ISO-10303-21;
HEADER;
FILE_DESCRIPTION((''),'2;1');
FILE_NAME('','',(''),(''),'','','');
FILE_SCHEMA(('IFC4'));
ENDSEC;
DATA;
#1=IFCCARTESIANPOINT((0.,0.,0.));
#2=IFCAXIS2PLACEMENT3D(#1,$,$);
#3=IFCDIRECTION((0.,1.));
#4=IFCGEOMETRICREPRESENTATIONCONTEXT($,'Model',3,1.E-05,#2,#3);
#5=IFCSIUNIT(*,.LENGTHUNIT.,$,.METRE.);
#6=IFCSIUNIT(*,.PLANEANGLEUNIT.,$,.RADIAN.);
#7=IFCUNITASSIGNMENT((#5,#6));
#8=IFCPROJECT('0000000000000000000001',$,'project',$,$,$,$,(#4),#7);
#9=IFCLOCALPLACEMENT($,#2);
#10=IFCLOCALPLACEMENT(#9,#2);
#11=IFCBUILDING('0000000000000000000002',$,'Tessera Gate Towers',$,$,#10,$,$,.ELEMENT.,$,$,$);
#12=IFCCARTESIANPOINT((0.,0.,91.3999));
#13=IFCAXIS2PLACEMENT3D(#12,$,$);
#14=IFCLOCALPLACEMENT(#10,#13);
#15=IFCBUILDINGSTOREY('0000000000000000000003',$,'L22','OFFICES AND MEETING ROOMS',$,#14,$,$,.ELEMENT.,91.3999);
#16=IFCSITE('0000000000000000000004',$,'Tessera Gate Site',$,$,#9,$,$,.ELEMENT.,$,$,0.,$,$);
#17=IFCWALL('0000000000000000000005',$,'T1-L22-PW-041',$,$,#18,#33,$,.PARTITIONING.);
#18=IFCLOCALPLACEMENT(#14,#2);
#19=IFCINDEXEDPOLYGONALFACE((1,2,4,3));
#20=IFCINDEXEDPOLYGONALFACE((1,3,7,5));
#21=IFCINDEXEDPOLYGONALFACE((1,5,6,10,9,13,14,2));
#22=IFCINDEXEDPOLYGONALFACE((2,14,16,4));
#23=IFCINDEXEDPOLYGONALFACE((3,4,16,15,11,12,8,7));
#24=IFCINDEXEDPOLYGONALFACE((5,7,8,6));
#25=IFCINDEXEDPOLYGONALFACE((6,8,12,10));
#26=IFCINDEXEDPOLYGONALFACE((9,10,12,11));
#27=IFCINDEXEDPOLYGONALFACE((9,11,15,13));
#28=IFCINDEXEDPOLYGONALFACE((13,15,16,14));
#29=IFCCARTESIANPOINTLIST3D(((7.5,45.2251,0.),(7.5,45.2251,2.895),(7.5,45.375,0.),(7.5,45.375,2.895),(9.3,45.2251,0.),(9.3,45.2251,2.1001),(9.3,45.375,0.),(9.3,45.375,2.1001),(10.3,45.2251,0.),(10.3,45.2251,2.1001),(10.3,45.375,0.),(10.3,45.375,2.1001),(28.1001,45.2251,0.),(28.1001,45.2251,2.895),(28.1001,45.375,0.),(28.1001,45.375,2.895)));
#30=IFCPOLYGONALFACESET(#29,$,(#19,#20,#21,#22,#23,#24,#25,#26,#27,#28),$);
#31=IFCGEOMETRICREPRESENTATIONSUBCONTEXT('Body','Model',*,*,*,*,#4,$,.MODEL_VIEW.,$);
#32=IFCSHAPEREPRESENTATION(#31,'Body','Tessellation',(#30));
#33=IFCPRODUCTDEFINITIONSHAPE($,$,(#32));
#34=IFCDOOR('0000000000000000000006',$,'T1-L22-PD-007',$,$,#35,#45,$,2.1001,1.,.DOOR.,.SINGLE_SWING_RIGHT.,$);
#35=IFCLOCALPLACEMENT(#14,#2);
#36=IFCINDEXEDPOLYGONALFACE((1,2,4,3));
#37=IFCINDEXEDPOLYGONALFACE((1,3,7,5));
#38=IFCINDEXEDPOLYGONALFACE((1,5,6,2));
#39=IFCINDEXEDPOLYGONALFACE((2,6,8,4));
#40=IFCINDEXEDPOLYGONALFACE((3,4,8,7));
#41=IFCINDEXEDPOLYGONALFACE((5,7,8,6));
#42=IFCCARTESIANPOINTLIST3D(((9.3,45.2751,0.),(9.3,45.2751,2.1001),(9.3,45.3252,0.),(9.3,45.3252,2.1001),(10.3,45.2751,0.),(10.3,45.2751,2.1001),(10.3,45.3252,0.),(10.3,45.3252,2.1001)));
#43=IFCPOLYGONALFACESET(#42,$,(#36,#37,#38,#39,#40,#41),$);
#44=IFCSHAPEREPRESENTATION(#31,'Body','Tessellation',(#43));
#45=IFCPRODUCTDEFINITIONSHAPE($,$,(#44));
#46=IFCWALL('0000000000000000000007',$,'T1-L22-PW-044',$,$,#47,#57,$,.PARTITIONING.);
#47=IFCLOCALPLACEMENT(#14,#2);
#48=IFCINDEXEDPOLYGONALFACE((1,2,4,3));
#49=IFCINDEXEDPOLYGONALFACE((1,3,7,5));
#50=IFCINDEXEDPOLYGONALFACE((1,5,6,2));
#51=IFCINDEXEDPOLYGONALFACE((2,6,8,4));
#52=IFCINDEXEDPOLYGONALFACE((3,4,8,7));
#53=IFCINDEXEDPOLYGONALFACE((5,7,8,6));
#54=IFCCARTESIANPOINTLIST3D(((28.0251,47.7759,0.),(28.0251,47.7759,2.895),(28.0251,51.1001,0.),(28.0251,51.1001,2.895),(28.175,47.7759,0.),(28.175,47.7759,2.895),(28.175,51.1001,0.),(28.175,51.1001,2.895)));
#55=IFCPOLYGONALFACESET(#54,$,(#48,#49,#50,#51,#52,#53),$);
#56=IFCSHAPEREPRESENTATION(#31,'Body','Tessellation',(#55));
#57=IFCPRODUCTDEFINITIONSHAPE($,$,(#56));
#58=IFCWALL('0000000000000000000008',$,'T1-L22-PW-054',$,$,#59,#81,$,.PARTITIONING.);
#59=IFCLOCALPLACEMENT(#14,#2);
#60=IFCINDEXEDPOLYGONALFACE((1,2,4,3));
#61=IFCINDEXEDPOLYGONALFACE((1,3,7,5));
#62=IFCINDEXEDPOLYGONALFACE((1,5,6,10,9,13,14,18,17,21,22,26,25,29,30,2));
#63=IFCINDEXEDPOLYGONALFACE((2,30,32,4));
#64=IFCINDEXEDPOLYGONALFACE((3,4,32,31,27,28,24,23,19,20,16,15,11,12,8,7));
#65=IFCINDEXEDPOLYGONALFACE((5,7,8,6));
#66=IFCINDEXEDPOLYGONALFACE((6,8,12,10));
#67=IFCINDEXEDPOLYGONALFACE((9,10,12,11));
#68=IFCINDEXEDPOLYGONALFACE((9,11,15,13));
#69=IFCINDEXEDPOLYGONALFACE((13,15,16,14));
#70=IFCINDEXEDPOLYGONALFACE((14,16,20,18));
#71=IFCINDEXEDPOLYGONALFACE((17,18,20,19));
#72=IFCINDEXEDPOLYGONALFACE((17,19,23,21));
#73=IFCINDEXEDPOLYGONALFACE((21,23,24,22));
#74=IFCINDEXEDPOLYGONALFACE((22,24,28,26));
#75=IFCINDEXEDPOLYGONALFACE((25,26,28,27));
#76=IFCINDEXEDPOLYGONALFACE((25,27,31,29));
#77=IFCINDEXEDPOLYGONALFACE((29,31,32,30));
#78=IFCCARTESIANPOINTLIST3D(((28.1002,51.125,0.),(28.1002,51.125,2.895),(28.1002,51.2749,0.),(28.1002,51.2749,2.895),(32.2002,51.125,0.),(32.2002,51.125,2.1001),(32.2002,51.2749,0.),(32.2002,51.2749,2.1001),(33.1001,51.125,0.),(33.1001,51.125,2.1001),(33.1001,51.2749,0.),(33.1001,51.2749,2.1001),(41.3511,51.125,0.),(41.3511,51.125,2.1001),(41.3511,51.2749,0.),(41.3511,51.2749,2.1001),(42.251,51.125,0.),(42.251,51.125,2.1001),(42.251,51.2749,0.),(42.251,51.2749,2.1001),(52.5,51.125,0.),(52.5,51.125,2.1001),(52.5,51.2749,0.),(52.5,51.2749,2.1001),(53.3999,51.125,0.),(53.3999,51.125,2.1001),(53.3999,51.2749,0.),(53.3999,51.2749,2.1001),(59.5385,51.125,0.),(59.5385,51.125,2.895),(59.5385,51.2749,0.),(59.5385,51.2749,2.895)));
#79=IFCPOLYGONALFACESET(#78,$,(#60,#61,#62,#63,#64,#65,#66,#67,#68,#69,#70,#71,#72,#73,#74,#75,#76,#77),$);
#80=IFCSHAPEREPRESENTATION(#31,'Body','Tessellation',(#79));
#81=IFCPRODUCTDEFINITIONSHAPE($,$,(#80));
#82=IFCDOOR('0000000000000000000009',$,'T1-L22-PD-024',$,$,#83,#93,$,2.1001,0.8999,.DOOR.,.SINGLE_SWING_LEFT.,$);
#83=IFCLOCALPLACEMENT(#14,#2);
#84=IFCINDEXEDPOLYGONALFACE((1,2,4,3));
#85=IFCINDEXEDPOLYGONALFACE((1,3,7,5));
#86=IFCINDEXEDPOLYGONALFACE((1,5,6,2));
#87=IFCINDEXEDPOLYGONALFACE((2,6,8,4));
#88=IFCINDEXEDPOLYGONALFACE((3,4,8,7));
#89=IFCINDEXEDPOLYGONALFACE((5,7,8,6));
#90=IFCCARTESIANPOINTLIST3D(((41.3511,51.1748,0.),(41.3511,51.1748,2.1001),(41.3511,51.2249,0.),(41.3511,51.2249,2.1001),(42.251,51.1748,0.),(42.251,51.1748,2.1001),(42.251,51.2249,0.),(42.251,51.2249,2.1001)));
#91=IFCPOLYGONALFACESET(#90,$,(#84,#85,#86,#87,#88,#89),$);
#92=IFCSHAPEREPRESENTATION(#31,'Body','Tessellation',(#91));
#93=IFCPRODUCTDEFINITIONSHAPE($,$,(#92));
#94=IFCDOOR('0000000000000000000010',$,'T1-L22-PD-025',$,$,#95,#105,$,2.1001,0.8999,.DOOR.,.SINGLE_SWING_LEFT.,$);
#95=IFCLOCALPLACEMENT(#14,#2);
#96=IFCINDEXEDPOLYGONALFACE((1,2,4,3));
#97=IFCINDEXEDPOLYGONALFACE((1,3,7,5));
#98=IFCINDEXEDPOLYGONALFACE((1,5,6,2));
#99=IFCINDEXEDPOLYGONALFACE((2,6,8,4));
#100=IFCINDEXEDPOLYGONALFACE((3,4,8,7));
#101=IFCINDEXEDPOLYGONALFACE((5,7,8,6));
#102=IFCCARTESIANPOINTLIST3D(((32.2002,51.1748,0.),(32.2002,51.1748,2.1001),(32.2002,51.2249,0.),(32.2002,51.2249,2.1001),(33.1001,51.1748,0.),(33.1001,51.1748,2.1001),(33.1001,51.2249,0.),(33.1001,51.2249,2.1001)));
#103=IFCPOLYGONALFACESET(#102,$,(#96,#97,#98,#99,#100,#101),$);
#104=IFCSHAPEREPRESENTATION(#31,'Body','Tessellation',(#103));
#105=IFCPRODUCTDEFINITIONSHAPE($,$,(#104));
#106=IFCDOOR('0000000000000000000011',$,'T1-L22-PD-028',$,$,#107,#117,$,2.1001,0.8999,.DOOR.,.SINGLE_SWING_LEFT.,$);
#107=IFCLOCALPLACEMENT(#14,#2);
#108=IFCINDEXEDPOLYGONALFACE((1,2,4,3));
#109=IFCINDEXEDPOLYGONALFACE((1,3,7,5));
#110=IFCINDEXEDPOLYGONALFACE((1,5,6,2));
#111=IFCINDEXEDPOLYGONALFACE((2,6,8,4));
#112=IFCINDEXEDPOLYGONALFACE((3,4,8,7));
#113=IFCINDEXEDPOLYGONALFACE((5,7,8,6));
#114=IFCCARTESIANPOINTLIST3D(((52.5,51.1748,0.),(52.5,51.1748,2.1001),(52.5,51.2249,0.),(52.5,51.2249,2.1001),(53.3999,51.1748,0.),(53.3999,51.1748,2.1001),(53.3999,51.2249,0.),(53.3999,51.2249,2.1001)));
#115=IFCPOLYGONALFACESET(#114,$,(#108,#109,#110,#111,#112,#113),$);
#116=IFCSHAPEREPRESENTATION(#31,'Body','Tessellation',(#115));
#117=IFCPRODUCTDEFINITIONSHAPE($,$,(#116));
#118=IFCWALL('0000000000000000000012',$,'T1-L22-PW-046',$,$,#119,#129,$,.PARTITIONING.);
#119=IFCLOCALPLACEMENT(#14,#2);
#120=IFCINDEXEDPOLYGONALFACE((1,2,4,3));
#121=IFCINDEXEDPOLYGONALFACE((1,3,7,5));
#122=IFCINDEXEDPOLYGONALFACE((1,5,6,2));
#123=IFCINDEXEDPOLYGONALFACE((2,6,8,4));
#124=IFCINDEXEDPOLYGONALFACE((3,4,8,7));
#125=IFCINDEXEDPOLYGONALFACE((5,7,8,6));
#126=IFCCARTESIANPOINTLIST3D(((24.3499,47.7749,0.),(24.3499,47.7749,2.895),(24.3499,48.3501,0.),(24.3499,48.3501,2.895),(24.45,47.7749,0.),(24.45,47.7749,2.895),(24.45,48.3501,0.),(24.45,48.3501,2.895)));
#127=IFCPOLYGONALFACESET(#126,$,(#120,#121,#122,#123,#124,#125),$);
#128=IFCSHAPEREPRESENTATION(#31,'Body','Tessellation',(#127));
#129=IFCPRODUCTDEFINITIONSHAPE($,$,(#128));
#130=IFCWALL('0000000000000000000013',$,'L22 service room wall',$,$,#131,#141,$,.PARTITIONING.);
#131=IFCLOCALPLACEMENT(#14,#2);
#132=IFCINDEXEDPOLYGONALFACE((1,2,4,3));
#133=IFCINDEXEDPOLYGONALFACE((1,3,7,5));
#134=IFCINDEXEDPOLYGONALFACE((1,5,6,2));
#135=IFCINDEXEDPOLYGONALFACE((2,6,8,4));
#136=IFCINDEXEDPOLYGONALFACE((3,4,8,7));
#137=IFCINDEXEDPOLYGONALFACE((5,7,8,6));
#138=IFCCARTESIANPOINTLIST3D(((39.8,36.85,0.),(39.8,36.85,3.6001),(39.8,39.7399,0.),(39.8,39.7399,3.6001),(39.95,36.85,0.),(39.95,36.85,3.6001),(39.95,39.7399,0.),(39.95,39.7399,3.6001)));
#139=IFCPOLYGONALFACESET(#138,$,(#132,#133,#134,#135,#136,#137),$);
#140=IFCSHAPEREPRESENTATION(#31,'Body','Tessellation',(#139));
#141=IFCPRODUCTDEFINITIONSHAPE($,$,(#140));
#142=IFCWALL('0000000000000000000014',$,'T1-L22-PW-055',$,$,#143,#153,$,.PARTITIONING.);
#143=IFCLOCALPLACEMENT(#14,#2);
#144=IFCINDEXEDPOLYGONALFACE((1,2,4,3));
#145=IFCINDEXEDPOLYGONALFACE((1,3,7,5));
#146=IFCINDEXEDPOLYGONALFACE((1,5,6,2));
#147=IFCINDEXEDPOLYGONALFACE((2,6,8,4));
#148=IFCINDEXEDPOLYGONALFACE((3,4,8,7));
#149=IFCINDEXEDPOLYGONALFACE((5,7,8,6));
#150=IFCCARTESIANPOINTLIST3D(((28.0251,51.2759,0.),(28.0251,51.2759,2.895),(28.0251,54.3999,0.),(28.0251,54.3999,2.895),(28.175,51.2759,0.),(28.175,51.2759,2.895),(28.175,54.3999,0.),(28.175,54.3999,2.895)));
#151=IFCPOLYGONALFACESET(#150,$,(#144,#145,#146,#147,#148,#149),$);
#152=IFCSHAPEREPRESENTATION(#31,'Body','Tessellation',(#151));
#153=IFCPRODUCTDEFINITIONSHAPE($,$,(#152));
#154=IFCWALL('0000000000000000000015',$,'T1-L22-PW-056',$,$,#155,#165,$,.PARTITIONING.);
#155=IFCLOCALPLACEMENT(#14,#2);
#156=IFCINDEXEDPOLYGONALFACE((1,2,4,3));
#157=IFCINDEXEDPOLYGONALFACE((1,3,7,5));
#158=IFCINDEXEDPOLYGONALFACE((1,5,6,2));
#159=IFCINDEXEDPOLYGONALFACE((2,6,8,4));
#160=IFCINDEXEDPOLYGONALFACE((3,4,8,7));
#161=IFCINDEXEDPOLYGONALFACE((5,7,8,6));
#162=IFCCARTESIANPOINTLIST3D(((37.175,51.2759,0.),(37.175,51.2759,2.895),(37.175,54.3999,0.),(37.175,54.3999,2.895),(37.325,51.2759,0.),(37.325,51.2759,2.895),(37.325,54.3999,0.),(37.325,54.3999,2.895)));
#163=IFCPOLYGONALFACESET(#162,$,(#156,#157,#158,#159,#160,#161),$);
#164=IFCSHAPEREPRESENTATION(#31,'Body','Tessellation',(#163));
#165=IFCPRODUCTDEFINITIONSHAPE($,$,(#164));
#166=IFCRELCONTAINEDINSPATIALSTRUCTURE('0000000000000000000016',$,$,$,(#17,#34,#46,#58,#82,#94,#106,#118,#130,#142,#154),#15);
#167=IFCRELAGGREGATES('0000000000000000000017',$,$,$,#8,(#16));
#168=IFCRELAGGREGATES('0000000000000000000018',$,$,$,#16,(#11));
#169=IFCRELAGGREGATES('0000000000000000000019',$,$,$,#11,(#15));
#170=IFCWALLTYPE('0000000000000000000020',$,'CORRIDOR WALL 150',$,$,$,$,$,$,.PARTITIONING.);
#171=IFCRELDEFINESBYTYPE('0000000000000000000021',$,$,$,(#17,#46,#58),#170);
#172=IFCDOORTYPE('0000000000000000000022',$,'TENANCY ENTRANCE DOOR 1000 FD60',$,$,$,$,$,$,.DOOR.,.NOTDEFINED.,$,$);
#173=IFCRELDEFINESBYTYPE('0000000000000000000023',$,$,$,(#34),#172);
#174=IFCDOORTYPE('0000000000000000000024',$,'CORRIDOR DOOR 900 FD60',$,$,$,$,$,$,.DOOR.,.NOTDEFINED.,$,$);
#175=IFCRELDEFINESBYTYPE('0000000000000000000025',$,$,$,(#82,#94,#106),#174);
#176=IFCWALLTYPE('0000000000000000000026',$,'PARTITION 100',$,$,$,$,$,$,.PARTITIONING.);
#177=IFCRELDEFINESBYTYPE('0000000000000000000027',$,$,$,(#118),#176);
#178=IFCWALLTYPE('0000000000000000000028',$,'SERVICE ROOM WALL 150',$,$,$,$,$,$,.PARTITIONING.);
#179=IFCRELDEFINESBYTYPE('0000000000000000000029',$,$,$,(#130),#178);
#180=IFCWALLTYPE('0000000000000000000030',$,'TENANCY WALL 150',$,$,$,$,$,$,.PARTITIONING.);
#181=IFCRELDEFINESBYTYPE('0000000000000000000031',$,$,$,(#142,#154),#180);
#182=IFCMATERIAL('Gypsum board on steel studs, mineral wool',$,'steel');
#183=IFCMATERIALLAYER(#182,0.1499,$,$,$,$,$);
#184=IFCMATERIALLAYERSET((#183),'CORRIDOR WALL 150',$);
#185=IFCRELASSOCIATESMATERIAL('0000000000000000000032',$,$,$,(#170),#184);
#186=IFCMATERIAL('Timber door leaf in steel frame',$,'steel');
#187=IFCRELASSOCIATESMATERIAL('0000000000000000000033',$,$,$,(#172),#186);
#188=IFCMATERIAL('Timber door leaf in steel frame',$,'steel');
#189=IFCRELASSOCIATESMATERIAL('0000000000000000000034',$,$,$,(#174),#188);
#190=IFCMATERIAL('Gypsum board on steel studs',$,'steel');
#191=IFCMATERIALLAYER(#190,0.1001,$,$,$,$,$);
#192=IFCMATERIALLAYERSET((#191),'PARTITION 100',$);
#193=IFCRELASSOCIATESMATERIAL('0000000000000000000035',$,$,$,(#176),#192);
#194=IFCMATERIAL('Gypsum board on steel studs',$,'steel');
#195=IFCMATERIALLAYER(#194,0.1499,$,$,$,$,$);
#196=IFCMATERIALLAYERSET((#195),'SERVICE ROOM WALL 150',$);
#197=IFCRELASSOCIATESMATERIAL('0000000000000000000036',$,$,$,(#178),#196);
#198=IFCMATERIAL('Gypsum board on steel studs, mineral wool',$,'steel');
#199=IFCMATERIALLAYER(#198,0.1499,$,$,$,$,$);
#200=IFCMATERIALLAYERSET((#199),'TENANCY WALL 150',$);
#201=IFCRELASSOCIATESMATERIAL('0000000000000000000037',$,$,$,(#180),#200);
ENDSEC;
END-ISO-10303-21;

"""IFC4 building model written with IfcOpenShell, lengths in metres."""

from ifc_helpers import new_model, si_unit, direction, frame, frame_2d, origin, place, context, subcontext, project, spatial, rectangle, extrude, source, transform, mapped, material, layer, layer_set, type_object, element, fill, save


model = new_model("IFC4")

# Units and contexts
model_context = context("Model", 3, precision=1e-05, world=origin(), true_north=direction((0.0, 1.0)))
body_context = subcontext(model_context, "Body", "Model", "MODEL_VIEW")
ifc_project = project(units=[si_unit("LENGTHUNIT", "METRE"), si_unit("PLANEANGLEUNIT", "RADIAN")], contexts=[model_context])

# Site, building, storey
site_placement = place(None, origin())
site = spatial("IfcSite", under=ifc_project, at=site_placement, Name="Tessera Gate Site", CompositionType="ELEMENT", RefElevation=0.0)
building_placement = place(site_placement, origin())
building = spatial("IfcBuilding", under=site, at=building_placement, Name="Tessera Gate Towers", CompositionType="ELEMENT")
storey_placement = place(building_placement, frame((0.0, 0.0, 91.3999)))
storey = spatial("IfcBuildingStorey", under=building, at=storey_placement, Name="L22", Description="OFFICES AND MEETING ROOMS", CompositionType="ELEMENT", Elevation=91.3999)

# Shared definitions
shared_shape_1 = source(origin(), body_context, "Body", "SweptSolid", [
    extrude(rectangle(XDim=0.8999, YDim=2.1001, at=frame_2d((0.45, 1.05))), frame((0.0, 0.0249, 0.0), z_axis=(0.0, -1.0, 0.0), x_axis=(1.0, 0.0, 0.0)), (0.0, 0.0, 1.0), 0.05),
])

# Wall, opening, door
ifc_material_1 = material(Name="Gypsum board on steel studs, mineral wool", Category="steel")
ifc_layer_1 = layer(ifc_material_1, 0.1499)
ifc_layer_set_1 = layer_set([ifc_layer_1], Name="CORRIDOR WALL 150")
wall_type_1 = type_object("IfcWallType", Name="CORRIDOR WALL 150", PredefinedType="PARTITIONING", material=ifc_layer_set_1)
wall_1_placement = place(storey_placement, frame((28.1001, 45.3, 0.0), z_axis=(0.0, 0.0, 1.0), x_axis=(-1.0, 0.0, 0.0)))
wall_1 = element("IfcWall", 1, at=wall_1_placement, inside=storey, type_object=wall_type_1, Name="T1-L22-PW-041", PredefinedType="PARTITIONING", context=body_context, shape_type="SweptSolid", body=[
    extrude(rectangle(XDim=20.6001, YDim=0.1499, at=frame_2d((10.3, 0.0))), origin(), (0.0, 0.0, 1.0), 2.895),
])
shared_shape_2 = source(origin(), body_context, "Body", "SweptSolid", [
    extrude(rectangle(XDim=1.0, YDim=2.1001, at=frame_2d((0.5, 1.05))), frame((0.0, 0.085, 0.0), z_axis=(0.0, -1.0, 0.0), x_axis=(1.0, 0.0, 0.0)), (0.0, 0.0, 1.0), 0.1699),
])
opening_1_placement = place(wall_1_placement, frame((17.8, 0.0, 0.0)))
opening_1 = element("IfcOpeningElement", 2, at=opening_1_placement, cuts=wall_1, PredefinedType="OPENING", context=body_context, shape_type="MappedRepresentation", body=[
    mapped(shared_shape_2, transform((0.0, 0.0, 0.0), scale=1.0)),
])
ifc_material_2 = material(Name="Timber door leaf in steel frame", Category="steel")
door_type_1 = type_object("IfcDoorType", Name="TENANCY ENTRANCE DOOR 1000 FD60", OperationType="NOTDEFINED", PredefinedType="DOOR", material=ifc_material_2)
shared_shape_3 = source(origin(), body_context, "Body", "SweptSolid", [
    extrude(rectangle(XDim=1.0, YDim=2.1001, at=frame_2d((0.5, 1.05))), frame((0.0, 0.0249, 0.0), z_axis=(0.0, -1.0, 0.0), x_axis=(1.0, 0.0, 0.0)), (0.0, 0.0, 1.0), 0.05),
])
door_1_placement = place(opening_1_placement, origin())
door_1 = element("IfcDoor", 3, at=door_1_placement, inside=storey, type_object=door_type_1, Name="T1-L22-PD-007", OperationType="SINGLE_SWING_RIGHT", OverallHeight=2.1001, OverallWidth=1.0, PredefinedType="DOOR", context=body_context, shape_type="MappedRepresentation", body=[
    mapped(shared_shape_3, transform((0.0, 0.0, 0.0), scale=1.0)),
])
fill(opening_1, door_1)

# Wall
wall_2_placement = place(storey_placement, frame((28.1001, 47.7759, 0.0), z_axis=(0.0, 0.0, 1.0), x_axis=(0.0, 1.0, 0.0)))
element("IfcWall", 4, at=wall_2_placement, inside=storey, type_object=wall_type_1, Name="T1-L22-PW-044", PredefinedType="PARTITIONING", context=body_context, shape_type="SweptSolid", body=[
    extrude(rectangle(XDim=3.3242, YDim=0.1499, at=frame_2d((1.6621, 0.0))), origin(), (0.0, 0.0, 1.0), 2.895),
])

# Wall, openings, doors
wall_3_placement = place(storey_placement, frame((28.1001, 51.2, 0.0), z_axis=(0.0, 0.0, 1.0), x_axis=(1.0, 0.0, 0.0)))
wall_3 = element("IfcWall", 5, at=wall_3_placement, inside=storey, type_object=wall_type_1, Name="T1-L22-PW-054", PredefinedType="PARTITIONING", context=body_context, shape_type="SweptSolid", body=[
    extrude(rectangle(XDim=31.4382, YDim=0.1499, at=frame_2d((15.7192, 0.0))), origin(), (0.0, 0.0, 1.0), 2.895),
])
shared_shape_4 = source(origin(), body_context, "Body", "SweptSolid", [
    extrude(rectangle(XDim=0.8999, YDim=2.1001, at=frame_2d((0.45, 1.05))), frame((0.0, 0.085, 0.0), z_axis=(0.0, -1.0, 0.0), x_axis=(1.0, 0.0, 0.0)), (0.0, 0.0, 1.0), 0.1699),
])
opening_2_placement = place(wall_3_placement, frame((13.251, 0.0, 0.0)))
opening_2 = element("IfcOpeningElement", 6, at=opening_2_placement, cuts=wall_3, PredefinedType="OPENING", context=body_context, shape_type="MappedRepresentation", body=[
    mapped(shared_shape_4, transform((0.0, 0.0, 0.0), scale=1.0)),
])
opening_3_placement = place(wall_3_placement, frame((4.1001, 0.0, 0.0)))
opening_3 = element("IfcOpeningElement", 7, at=opening_3_placement, cuts=wall_3, PredefinedType="OPENING", context=body_context, shape_type="MappedRepresentation", body=[
    mapped(shared_shape_4, transform((0.0, 0.0, 0.0), scale=1.0)),
])
opening_4_placement = place(wall_3_placement, frame((24.3999, 0.0, 0.0)))
opening_4 = element("IfcOpeningElement", 8, at=opening_4_placement, cuts=wall_3, PredefinedType="OPENING", context=body_context, shape_type="MappedRepresentation", body=[
    mapped(shared_shape_4, transform((0.0, 0.0, 0.0), scale=1.0)),
])
ifc_material_3 = material(Name="Timber door leaf in steel frame", Category="steel")
door_type_2 = type_object("IfcDoorType", Name="CORRIDOR DOOR 900 FD60", OperationType="NOTDEFINED", PredefinedType="DOOR", material=ifc_material_3)
door_2_placement = place(opening_2_placement, origin())
door_2 = element("IfcDoor", 9, at=door_2_placement, inside=storey, type_object=door_type_2, Name="T1-L22-PD-024", OperationType="SINGLE_SWING_LEFT", OverallHeight=2.1001, OverallWidth=0.8999, PredefinedType="DOOR", context=body_context, shape_type="MappedRepresentation", body=[
    mapped(shared_shape_1, transform((0.0, 0.0, 0.0), scale=1.0)),
])
fill(opening_2, door_2)
door_3_placement = place(opening_3_placement, origin())
door_3 = element("IfcDoor", 10, at=door_3_placement, inside=storey, type_object=door_type_2, Name="T1-L22-PD-025", OperationType="SINGLE_SWING_LEFT", OverallHeight=2.1001, OverallWidth=0.8999, PredefinedType="DOOR", context=body_context, shape_type="MappedRepresentation", body=[
    mapped(shared_shape_1, transform((0.0, 0.0, 0.0), scale=1.0)),
])
fill(opening_3, door_3)
door_4_placement = place(opening_4_placement, origin())
door_4 = element("IfcDoor", 11, at=door_4_placement, inside=storey, type_object=door_type_2, Name="T1-L22-PD-028", OperationType="SINGLE_SWING_LEFT", OverallHeight=2.1001, OverallWidth=0.8999, PredefinedType="DOOR", context=body_context, shape_type="MappedRepresentation", body=[
    mapped(shared_shape_1, transform((0.0, 0.0, 0.0), scale=1.0)),
])
fill(opening_4, door_4)

# Walls
ifc_material_4 = material(Name="Gypsum board on steel studs", Category="steel")
ifc_layer_2 = layer(ifc_material_4, 0.1001)
ifc_layer_set_2 = layer_set([ifc_layer_2], Name="PARTITION 100")
wall_type_2 = type_object("IfcWallType", Name="PARTITION 100", PredefinedType="PARTITIONING", material=ifc_layer_set_2)
wall_4_placement = place(storey_placement, frame((24.3999, 48.3501, 0.0), z_axis=(0.0, 0.0, 1.0), x_axis=(0.0, -1.0, 0.0)))
element("IfcWall", 12, at=wall_4_placement, inside=storey, type_object=wall_type_2, Name="T1-L22-PW-046", PredefinedType="PARTITIONING", context=body_context, shape_type="SweptSolid", body=[
    extrude(rectangle(XDim=0.5752, YDim=0.1001, at=frame_2d((0.2876, 0.0))), origin(), (0.0, 0.0, 1.0), 2.895),
])
ifc_material_5 = material(Name="Gypsum board on steel studs", Category="steel")
ifc_layer_3 = layer(ifc_material_5, 0.1499)
ifc_layer_set_3 = layer_set([ifc_layer_3], Name="SERVICE ROOM WALL 150")
wall_type_3 = type_object("IfcWallType", Name="SERVICE ROOM WALL 150", PredefinedType="PARTITIONING", material=ifc_layer_set_3)
wall_5_placement = place(storey_placement, frame((39.875, 36.8501, 0.0), z_axis=(0.0, 0.0, 1.0), x_axis=(0.0, 1.0, 0.0)))
element("IfcWall", 13, at=wall_5_placement, inside=storey, type_object=wall_type_3, Name="L22 service room wall", PredefinedType="PARTITIONING", context=body_context, shape_type="SweptSolid", body=[
    extrude(rectangle(XDim=2.8899, YDim=0.1499, at=frame_2d((1.4448, 0.0))), origin(), (0.0, 0.0, 1.0), 3.6001),
])
ifc_material_6 = material(Name="Gypsum board on steel studs, mineral wool", Category="steel")
ifc_layer_4 = layer(ifc_material_6, 0.1499)
ifc_layer_set_4 = layer_set([ifc_layer_4], Name="TENANCY WALL 150")
wall_type_4 = type_object("IfcWallType", Name="TENANCY WALL 150", PredefinedType="PARTITIONING", material=ifc_layer_set_4)
for number, where, z_axis, x_axis, name in (
    (14, (28.1001, 51.2759, 0.0), (0.0, 0.0, 1.0), (0.0, 1.0, 0.0), "T1-L22-PW-055"),
    (15, (37.25, 51.2759, 0.0), (0.0, 0.0, 1.0), (0.0, 1.0, 0.0), "T1-L22-PW-056"),
):
    element("IfcWall", number, at=place(storey_placement, frame(where, z_axis=z_axis, x_axis=x_axis)), inside=storey, type_object=wall_type_4, Name=name, PredefinedType="PARTITIONING", context=body_context, shape_type="SweptSolid", body=[
        extrude(rectangle(XDim=3.124, YDim=0.1499, at=frame_2d((1.562, 0.0))), origin(), (0.0, 0.0, 1.0), 2.895),
    ])

save(model, "model.ifc")
